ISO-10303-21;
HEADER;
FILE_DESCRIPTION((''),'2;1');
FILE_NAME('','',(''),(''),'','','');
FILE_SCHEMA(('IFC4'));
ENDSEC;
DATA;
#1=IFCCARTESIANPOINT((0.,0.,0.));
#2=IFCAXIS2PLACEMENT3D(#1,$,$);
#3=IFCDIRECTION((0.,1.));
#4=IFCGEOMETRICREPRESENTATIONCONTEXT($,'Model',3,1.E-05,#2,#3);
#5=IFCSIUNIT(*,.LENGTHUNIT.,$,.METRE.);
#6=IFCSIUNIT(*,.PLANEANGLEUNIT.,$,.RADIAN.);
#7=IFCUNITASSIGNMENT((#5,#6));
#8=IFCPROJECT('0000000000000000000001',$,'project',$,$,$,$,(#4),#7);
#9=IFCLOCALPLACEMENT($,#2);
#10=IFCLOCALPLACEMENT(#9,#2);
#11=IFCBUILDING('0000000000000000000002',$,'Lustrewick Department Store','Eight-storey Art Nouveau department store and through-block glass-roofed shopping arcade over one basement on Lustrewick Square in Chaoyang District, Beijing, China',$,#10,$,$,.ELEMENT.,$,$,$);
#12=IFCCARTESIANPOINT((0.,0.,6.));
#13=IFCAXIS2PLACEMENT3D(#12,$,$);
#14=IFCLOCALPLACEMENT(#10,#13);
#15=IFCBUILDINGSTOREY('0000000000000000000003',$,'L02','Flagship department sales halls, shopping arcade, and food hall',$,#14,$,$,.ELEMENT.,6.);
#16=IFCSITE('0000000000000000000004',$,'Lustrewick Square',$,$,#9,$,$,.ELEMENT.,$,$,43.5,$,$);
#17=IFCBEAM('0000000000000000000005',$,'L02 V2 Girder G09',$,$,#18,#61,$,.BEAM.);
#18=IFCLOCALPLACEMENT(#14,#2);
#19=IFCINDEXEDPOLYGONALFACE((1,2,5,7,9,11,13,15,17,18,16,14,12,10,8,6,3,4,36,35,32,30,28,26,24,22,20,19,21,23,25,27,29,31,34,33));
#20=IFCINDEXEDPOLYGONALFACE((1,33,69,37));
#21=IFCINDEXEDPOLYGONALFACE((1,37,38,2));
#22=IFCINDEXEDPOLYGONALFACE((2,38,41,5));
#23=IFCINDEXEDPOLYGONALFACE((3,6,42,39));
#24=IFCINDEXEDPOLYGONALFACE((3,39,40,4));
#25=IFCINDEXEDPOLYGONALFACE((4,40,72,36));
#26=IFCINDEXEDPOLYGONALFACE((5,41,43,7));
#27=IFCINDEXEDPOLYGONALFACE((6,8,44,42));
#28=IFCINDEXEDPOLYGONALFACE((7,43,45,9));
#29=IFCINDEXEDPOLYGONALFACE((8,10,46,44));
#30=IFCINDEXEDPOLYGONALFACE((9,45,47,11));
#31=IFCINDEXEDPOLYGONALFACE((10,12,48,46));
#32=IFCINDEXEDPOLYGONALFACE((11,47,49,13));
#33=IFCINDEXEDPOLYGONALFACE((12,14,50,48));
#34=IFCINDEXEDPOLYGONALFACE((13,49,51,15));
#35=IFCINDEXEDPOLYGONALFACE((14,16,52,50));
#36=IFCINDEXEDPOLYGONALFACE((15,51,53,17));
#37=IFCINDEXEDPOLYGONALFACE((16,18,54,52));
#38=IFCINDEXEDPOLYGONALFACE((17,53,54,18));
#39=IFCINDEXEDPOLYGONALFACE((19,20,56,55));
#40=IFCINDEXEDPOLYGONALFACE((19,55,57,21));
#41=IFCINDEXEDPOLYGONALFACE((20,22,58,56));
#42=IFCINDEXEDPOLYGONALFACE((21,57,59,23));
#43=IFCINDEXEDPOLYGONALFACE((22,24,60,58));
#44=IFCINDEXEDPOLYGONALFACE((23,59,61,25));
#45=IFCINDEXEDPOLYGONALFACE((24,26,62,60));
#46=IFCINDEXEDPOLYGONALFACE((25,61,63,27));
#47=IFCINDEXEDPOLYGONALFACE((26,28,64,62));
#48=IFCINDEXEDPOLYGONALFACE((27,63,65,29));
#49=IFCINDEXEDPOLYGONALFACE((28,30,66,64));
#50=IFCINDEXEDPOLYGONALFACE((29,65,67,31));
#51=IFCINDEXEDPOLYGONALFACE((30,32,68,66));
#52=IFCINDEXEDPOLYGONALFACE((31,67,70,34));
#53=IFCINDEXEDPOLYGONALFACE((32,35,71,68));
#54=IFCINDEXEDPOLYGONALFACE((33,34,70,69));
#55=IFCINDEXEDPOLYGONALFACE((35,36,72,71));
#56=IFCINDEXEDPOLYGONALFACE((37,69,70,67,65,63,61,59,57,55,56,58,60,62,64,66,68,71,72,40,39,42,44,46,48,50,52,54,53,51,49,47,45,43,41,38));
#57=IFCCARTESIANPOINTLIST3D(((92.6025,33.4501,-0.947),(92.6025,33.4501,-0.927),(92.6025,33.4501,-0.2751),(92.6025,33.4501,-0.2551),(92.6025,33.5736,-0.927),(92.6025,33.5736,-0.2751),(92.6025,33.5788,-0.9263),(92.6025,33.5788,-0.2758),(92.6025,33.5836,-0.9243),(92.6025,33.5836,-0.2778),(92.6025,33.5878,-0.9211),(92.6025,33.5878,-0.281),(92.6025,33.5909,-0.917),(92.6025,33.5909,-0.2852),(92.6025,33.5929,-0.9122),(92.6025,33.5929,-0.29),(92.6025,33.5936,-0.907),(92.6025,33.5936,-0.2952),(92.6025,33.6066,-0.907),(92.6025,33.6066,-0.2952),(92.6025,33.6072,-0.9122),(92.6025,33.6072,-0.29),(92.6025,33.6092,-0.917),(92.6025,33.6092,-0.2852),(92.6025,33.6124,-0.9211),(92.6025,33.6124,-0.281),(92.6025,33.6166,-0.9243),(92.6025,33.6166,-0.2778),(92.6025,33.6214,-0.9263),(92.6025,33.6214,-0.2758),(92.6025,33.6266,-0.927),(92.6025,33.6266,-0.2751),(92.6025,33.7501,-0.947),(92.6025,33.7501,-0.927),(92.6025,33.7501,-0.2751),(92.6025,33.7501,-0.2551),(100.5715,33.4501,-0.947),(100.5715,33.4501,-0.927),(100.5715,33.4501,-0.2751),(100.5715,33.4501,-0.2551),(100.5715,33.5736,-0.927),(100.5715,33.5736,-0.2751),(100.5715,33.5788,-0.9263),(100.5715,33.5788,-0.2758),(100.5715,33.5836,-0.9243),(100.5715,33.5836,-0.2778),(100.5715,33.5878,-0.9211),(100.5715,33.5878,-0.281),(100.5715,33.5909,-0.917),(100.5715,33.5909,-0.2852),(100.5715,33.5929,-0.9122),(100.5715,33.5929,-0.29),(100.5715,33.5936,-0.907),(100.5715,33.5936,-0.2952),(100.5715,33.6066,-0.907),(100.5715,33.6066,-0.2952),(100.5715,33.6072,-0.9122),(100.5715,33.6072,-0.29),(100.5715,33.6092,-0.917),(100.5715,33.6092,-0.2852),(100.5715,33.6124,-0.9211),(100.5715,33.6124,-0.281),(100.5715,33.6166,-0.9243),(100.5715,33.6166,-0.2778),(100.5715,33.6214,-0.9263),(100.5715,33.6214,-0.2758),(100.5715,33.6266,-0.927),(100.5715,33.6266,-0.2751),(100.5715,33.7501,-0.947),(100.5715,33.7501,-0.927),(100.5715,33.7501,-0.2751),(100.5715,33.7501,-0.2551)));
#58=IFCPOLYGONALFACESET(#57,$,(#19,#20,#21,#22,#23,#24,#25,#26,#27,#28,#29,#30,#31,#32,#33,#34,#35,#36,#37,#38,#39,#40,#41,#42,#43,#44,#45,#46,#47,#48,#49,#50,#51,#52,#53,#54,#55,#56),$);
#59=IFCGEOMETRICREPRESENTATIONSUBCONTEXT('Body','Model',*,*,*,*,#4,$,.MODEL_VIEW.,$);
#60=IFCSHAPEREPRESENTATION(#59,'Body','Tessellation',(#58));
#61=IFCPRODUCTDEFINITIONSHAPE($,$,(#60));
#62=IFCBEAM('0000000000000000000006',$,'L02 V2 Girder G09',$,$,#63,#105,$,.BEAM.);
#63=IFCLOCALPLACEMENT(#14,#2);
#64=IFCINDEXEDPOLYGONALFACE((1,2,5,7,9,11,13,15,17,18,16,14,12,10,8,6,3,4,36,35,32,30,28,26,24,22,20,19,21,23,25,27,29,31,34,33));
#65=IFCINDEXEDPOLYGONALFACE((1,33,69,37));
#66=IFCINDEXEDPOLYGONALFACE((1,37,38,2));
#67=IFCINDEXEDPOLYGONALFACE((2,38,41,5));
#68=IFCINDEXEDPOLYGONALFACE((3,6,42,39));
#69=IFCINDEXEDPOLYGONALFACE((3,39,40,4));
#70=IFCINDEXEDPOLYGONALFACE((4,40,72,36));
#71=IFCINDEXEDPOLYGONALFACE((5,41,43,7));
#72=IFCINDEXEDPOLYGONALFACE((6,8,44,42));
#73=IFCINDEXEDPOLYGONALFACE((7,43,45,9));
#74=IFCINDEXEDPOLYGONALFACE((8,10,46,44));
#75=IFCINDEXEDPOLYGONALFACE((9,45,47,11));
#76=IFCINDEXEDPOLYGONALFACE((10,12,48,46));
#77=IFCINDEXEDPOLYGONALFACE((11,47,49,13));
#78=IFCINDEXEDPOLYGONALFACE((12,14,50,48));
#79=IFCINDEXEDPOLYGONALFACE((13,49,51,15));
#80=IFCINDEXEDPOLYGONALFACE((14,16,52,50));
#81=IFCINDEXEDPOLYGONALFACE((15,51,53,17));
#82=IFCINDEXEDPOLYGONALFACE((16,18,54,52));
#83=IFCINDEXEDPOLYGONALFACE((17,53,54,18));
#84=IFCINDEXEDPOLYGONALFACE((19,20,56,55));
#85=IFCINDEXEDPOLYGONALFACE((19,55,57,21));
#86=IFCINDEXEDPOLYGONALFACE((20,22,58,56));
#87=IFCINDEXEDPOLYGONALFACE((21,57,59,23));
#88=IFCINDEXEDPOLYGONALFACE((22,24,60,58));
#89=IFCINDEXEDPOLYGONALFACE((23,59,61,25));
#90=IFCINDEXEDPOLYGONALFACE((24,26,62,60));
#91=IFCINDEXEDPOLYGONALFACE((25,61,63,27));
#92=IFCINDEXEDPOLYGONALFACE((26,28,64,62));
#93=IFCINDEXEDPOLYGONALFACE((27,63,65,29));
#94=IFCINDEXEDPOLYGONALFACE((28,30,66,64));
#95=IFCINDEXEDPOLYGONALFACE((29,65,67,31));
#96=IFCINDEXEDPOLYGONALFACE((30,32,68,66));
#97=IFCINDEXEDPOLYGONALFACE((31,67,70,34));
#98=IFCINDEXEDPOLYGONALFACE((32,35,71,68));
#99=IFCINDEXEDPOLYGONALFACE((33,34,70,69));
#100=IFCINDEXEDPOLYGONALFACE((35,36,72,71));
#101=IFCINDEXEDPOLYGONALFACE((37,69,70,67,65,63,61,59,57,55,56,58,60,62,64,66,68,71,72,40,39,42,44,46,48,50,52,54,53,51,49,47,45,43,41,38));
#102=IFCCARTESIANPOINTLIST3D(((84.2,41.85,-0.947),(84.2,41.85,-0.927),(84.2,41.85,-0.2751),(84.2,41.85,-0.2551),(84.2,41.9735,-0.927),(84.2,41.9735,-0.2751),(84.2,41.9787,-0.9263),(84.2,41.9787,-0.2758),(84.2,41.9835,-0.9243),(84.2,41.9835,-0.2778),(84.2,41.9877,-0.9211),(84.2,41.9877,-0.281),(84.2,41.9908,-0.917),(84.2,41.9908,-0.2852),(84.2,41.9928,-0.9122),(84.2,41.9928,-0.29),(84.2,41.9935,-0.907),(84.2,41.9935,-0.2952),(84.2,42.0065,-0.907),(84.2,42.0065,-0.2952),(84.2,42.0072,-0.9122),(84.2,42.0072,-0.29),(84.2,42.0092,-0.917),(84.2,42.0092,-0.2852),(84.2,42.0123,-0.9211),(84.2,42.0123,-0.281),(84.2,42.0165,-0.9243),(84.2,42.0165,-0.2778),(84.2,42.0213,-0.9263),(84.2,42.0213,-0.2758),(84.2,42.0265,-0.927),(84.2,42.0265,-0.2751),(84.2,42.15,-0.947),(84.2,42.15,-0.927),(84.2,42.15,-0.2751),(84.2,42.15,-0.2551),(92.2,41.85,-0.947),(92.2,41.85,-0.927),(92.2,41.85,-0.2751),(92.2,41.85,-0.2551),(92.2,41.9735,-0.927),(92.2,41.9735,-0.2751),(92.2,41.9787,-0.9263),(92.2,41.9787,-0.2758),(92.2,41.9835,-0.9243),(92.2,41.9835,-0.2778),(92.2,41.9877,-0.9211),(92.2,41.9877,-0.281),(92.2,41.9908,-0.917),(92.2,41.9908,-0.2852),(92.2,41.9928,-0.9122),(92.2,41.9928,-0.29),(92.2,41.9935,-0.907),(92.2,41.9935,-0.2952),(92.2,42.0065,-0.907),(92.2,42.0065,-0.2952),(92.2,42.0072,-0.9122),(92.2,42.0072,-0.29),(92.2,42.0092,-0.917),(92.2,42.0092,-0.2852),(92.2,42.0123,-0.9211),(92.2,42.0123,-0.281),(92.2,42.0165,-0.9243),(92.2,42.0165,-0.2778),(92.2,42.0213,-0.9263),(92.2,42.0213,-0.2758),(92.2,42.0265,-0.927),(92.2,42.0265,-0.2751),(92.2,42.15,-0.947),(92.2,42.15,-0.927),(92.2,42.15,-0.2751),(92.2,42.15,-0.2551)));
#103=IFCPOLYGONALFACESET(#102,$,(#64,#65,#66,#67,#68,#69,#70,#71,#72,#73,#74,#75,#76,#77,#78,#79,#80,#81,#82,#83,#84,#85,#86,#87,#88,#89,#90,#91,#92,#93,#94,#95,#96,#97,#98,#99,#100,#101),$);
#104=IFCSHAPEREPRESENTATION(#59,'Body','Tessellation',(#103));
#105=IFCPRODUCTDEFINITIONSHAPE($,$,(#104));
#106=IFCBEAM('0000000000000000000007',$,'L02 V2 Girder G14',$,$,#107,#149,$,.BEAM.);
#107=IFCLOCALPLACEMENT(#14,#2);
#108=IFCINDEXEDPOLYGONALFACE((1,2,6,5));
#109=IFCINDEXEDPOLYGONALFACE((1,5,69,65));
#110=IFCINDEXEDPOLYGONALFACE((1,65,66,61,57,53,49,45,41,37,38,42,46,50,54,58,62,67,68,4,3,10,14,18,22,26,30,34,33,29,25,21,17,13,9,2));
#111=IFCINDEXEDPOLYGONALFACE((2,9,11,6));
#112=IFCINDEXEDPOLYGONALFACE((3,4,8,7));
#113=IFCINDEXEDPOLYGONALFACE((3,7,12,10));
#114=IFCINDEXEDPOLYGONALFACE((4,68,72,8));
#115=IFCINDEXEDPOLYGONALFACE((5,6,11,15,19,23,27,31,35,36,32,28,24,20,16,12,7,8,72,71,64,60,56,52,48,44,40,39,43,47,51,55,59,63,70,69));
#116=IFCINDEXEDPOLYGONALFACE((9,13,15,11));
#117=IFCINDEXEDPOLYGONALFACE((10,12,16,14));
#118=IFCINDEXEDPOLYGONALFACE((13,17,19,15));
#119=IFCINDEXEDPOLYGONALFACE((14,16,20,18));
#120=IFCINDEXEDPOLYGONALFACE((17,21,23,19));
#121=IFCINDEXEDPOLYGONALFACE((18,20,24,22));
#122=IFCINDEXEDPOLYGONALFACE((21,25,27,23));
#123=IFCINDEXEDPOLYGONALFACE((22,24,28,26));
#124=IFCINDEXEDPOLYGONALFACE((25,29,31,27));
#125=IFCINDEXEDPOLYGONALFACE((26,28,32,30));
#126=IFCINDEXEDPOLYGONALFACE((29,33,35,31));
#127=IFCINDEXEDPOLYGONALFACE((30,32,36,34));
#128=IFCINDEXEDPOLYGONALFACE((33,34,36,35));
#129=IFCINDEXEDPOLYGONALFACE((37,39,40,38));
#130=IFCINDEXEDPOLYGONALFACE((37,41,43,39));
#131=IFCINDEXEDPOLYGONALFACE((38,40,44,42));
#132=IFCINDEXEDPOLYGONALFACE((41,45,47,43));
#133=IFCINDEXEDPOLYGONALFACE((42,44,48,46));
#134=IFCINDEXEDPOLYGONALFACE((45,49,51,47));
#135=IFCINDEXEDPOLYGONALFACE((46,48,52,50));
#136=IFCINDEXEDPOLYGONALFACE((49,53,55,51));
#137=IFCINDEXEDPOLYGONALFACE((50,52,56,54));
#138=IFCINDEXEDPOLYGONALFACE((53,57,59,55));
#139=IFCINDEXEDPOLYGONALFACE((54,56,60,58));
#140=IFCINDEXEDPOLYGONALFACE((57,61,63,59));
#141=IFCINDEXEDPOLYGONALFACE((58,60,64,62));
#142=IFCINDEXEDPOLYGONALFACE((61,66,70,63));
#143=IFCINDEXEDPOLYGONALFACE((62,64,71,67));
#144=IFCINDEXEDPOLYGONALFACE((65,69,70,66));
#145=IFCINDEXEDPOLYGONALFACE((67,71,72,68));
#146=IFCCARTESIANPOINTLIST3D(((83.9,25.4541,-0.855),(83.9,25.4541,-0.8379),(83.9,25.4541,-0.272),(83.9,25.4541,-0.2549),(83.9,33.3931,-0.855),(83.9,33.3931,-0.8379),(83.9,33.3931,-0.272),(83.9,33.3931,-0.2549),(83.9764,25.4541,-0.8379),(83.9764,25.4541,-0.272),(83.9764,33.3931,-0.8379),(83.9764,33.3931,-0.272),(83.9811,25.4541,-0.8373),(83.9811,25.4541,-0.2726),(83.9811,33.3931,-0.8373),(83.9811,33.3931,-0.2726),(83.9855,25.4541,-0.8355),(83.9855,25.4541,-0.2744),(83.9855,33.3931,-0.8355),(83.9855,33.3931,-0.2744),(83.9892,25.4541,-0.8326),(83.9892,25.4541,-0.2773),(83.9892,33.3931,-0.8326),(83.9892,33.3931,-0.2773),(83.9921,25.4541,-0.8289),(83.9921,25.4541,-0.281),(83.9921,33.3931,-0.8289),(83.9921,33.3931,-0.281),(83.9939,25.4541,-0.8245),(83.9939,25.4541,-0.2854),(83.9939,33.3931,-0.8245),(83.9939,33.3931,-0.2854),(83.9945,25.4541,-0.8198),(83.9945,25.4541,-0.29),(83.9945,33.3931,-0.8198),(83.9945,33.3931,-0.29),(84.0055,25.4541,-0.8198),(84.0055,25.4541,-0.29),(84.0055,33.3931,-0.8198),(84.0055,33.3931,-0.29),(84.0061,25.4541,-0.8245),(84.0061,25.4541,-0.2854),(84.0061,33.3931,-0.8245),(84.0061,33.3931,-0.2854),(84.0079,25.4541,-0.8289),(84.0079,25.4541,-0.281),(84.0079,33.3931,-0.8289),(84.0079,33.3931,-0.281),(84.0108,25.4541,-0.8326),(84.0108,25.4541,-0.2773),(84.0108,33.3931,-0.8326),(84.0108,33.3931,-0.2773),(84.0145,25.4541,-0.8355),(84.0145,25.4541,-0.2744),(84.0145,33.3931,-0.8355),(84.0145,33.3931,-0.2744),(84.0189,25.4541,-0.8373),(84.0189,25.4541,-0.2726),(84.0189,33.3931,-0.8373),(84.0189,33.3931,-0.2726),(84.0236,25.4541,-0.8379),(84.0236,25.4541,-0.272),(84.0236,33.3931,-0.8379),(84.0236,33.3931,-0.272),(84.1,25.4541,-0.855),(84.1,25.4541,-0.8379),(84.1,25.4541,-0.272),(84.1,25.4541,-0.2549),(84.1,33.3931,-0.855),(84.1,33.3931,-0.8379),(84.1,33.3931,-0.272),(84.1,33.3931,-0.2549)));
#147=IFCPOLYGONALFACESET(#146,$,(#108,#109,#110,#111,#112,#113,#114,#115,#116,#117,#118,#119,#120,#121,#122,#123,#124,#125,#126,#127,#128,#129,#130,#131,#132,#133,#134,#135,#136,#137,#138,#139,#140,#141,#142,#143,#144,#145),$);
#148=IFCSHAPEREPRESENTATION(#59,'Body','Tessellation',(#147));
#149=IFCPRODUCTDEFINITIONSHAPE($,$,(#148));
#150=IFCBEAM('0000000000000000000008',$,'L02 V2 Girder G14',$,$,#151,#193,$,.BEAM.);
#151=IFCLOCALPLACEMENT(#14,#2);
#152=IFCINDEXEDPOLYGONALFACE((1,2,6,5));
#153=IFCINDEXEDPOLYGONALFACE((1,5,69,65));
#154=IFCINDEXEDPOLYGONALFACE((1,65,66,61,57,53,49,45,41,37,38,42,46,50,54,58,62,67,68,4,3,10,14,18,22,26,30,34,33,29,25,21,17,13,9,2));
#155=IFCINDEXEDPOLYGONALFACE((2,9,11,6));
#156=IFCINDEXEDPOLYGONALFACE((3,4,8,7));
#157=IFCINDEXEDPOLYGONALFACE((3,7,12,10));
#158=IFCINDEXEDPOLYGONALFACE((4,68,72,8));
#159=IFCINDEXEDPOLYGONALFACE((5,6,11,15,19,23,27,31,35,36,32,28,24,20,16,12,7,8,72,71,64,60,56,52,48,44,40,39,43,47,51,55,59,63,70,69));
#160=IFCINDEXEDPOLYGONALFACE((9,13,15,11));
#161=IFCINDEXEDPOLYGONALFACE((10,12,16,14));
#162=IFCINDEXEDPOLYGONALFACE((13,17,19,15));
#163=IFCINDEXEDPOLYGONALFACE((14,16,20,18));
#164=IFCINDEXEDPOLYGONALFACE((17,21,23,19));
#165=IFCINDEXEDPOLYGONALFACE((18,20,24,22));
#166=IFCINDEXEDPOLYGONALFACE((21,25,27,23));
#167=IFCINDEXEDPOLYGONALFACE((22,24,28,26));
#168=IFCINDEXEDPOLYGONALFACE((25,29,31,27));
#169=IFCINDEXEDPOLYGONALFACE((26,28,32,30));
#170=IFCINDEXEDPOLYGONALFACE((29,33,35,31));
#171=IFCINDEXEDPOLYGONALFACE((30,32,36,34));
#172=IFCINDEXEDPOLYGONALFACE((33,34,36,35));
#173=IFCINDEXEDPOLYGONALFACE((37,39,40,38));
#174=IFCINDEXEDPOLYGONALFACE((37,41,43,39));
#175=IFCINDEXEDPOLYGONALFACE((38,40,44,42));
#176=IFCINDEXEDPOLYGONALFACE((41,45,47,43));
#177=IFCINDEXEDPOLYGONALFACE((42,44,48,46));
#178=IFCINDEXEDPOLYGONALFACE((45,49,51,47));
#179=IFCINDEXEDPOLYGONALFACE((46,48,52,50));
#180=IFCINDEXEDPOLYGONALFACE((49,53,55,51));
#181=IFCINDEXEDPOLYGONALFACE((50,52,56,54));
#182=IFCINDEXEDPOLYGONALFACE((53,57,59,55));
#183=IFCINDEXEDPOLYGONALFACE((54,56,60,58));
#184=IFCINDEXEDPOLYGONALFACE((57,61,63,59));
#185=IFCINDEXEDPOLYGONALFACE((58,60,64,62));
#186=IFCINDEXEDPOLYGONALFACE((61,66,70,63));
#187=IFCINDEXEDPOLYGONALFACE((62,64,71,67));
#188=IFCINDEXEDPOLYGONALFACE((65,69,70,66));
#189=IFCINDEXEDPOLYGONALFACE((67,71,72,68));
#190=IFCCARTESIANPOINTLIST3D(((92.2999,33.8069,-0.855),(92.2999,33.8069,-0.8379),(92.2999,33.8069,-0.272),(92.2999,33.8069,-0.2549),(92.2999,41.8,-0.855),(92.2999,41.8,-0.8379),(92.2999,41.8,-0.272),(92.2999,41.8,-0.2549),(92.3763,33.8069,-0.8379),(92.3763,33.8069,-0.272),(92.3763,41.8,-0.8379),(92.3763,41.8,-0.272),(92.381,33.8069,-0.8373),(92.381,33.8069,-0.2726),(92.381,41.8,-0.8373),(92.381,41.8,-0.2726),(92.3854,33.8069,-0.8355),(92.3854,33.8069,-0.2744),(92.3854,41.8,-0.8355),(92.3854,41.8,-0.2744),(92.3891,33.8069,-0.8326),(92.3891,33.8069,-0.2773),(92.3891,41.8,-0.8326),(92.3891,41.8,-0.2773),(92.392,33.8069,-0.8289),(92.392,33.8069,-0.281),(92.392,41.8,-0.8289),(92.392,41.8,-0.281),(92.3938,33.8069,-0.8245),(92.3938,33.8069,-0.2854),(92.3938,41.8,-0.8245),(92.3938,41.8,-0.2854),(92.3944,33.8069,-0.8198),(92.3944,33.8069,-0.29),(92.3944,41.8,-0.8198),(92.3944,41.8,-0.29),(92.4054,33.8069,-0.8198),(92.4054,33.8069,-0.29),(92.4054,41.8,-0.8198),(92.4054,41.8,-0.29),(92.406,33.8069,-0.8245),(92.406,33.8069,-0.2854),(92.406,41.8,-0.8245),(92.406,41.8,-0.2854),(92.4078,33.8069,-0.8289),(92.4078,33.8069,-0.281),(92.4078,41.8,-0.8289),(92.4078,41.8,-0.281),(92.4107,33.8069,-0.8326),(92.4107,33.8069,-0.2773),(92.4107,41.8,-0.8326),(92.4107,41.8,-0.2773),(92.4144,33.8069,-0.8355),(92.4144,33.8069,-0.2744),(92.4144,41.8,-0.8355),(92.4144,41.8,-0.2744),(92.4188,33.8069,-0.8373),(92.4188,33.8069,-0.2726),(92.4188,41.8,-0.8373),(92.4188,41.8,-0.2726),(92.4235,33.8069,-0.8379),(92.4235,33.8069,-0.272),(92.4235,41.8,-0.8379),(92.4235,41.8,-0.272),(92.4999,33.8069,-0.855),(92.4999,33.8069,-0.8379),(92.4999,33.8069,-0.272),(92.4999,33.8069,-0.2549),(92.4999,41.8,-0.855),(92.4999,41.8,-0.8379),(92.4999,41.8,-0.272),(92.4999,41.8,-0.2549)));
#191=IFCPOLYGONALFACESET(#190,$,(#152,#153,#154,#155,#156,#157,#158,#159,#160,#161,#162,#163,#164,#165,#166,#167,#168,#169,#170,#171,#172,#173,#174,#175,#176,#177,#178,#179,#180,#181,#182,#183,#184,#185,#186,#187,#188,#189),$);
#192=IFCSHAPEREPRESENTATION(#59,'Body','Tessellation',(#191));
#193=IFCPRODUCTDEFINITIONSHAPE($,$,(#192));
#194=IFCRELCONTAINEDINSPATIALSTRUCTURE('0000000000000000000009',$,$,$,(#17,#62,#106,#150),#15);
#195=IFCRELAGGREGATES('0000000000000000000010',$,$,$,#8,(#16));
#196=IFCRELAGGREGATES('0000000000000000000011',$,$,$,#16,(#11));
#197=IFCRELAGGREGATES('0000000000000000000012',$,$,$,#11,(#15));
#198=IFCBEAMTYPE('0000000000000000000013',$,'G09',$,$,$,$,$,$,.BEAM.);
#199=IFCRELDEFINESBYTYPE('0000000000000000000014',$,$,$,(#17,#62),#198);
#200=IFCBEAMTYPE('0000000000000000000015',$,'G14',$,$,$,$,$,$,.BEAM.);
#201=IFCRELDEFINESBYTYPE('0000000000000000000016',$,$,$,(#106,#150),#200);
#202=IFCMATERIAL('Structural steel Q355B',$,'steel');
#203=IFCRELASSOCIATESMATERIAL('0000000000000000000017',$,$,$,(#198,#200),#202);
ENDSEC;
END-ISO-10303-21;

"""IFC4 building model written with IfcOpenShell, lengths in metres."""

from ifc_helpers import new_model, si_unit, direction, frame, origin, origin_2d, place, context, subcontext, project, spatial, i_section, extrude, material, material_profile, profile_set, type_object, element, save


model = new_model("IFC4")

# Units and contexts
model_context = context("Model", 3, precision=1e-05, world=origin(), true_north=direction((0.0, 1.0)))
body_context = subcontext(model_context, "Body", "Model", "MODEL_VIEW")
ifc_project = project(units=[si_unit("LENGTHUNIT", "METRE"), si_unit("PLANEANGLEUNIT", "RADIAN")], contexts=[model_context])

# Site, building, storey
site_placement = place(None, origin())
site = spatial("IfcSite", under=ifc_project, at=site_placement, Name="Lustrewick Square", CompositionType="ELEMENT", RefElevation=43.5)
building_placement = place(site_placement, origin())
building = spatial("IfcBuilding", under=site, at=building_placement, Name="Lustrewick Department Store", Description="Eight-storey Art Nouveau department store and through-block glass-roofed shopping arcade over one basement on Lustrewick Square in Chaoyang District, Beijing, China", CompositionType="ELEMENT")
storey_placement = place(building_placement, frame((0.0, 0.0, 6.0)))
storey = spatial("IfcBuildingStorey", under=building, at=storey_placement, Name="L02", Description="Flagship department sales halls, shopping arcade, and food hall", CompositionType="ELEMENT", Elevation=6.0)

# Beams
ifc_material_1 = material(Name="Structural steel Q355B", Category="steel")
ifc_material_profile_1 = material_profile(ifc_material_1, i_section(OverallWidth=0.3, OverallDepth=0.6919, WebThickness=0.0129, FlangeThickness=0.02, FilletRadius=0.02, at=origin_2d()), Name="HN 692x300x13x20")
ifc_profile_set_1 = profile_set([ifc_material_profile_1], Name="Structural steel Q355B")
beam_type_1 = type_object("IfcBeamType", Name="G09", PredefinedType="BEAM", material=ifc_profile_set_1)
beam_1_placement = place(storey_placement, frame((92.6025, 33.6001, -0.6011), z_axis=(1.0, 0.0, 0.0), x_axis=(0.0, 1.0, 0.0)))
element("IfcBeam", 1, at=beam_1_placement, inside=storey, type_object=beam_type_1, Name="L02 V2 Girder G09", PredefinedType="BEAM", context=body_context, shape_type="SweptSolid", body=[
    extrude(i_section(OverallWidth=0.3, OverallDepth=0.6919, WebThickness=0.0129, FlangeThickness=0.02, FilletRadius=0.02, at=origin_2d()), origin(), (0.0, 0.0, 1.0), 7.969),
])
beam_2_placement = place(storey_placement, frame((84.2, 42.0, -0.6011), z_axis=(1.0, 0.0, 0.0), x_axis=(0.0, 1.0, 0.0)))
element("IfcBeam", 2, at=beam_2_placement, inside=storey, type_object=beam_type_1, Name="L02 V2 Girder G09", PredefinedType="BEAM", context=body_context, shape_type="SweptSolid", body=[
    extrude(i_section(OverallWidth=0.3, OverallDepth=0.6919, WebThickness=0.0129, FlangeThickness=0.02, FilletRadius=0.02, at=origin_2d()), origin(), (0.0, 0.0, 1.0), 8.0),
])
ifc_material_profile_2 = material_profile(ifc_material_1, i_section(OverallWidth=0.2, OverallDepth=0.6001, WebThickness=0.011, FlangeThickness=0.0171, FilletRadius=0.0181, at=origin_2d()), Name="HN 600x200x11x17")
ifc_profile_set_2 = profile_set([ifc_material_profile_2], Name="Structural steel Q355B")
beam_type_2 = type_object("IfcBeamType", Name="G14", PredefinedType="BEAM", material=ifc_profile_set_2)
beam_3_placement = place(storey_placement, frame((84.0, 25.4541, -0.5549), z_axis=(0.0, 1.0, 0.0), x_axis=(-1.0, 0.0, 0.0)))
element("IfcBeam", 3, at=beam_3_placement, inside=storey, type_object=beam_type_2, Name="L02 V2 Girder G14", PredefinedType="BEAM", context=body_context, shape_type="SweptSolid", body=[
    extrude(i_section(OverallWidth=0.2, OverallDepth=0.6001, WebThickness=0.011, FlangeThickness=0.0171, FilletRadius=0.0181, at=origin_2d()), origin(), (0.0, 0.0, 1.0), 7.939),
])
beam_4_placement = place(storey_placement, frame((92.3999, 33.8069, -0.5549), z_axis=(0.0, 1.0, 0.0), x_axis=(-1.0, 0.0, 0.0)))
element("IfcBeam", 4, at=beam_4_placement, inside=storey, type_object=beam_type_2, Name="L02 V2 Girder G14", PredefinedType="BEAM", context=body_context, shape_type="SweptSolid", body=[
    extrude(i_section(OverallWidth=0.2, OverallDepth=0.6001, WebThickness=0.011, FlangeThickness=0.0171, FilletRadius=0.0181, at=origin_2d()), origin(), (0.0, 0.0, 1.0), 7.9932),
])

save(model, "model.ifc")
